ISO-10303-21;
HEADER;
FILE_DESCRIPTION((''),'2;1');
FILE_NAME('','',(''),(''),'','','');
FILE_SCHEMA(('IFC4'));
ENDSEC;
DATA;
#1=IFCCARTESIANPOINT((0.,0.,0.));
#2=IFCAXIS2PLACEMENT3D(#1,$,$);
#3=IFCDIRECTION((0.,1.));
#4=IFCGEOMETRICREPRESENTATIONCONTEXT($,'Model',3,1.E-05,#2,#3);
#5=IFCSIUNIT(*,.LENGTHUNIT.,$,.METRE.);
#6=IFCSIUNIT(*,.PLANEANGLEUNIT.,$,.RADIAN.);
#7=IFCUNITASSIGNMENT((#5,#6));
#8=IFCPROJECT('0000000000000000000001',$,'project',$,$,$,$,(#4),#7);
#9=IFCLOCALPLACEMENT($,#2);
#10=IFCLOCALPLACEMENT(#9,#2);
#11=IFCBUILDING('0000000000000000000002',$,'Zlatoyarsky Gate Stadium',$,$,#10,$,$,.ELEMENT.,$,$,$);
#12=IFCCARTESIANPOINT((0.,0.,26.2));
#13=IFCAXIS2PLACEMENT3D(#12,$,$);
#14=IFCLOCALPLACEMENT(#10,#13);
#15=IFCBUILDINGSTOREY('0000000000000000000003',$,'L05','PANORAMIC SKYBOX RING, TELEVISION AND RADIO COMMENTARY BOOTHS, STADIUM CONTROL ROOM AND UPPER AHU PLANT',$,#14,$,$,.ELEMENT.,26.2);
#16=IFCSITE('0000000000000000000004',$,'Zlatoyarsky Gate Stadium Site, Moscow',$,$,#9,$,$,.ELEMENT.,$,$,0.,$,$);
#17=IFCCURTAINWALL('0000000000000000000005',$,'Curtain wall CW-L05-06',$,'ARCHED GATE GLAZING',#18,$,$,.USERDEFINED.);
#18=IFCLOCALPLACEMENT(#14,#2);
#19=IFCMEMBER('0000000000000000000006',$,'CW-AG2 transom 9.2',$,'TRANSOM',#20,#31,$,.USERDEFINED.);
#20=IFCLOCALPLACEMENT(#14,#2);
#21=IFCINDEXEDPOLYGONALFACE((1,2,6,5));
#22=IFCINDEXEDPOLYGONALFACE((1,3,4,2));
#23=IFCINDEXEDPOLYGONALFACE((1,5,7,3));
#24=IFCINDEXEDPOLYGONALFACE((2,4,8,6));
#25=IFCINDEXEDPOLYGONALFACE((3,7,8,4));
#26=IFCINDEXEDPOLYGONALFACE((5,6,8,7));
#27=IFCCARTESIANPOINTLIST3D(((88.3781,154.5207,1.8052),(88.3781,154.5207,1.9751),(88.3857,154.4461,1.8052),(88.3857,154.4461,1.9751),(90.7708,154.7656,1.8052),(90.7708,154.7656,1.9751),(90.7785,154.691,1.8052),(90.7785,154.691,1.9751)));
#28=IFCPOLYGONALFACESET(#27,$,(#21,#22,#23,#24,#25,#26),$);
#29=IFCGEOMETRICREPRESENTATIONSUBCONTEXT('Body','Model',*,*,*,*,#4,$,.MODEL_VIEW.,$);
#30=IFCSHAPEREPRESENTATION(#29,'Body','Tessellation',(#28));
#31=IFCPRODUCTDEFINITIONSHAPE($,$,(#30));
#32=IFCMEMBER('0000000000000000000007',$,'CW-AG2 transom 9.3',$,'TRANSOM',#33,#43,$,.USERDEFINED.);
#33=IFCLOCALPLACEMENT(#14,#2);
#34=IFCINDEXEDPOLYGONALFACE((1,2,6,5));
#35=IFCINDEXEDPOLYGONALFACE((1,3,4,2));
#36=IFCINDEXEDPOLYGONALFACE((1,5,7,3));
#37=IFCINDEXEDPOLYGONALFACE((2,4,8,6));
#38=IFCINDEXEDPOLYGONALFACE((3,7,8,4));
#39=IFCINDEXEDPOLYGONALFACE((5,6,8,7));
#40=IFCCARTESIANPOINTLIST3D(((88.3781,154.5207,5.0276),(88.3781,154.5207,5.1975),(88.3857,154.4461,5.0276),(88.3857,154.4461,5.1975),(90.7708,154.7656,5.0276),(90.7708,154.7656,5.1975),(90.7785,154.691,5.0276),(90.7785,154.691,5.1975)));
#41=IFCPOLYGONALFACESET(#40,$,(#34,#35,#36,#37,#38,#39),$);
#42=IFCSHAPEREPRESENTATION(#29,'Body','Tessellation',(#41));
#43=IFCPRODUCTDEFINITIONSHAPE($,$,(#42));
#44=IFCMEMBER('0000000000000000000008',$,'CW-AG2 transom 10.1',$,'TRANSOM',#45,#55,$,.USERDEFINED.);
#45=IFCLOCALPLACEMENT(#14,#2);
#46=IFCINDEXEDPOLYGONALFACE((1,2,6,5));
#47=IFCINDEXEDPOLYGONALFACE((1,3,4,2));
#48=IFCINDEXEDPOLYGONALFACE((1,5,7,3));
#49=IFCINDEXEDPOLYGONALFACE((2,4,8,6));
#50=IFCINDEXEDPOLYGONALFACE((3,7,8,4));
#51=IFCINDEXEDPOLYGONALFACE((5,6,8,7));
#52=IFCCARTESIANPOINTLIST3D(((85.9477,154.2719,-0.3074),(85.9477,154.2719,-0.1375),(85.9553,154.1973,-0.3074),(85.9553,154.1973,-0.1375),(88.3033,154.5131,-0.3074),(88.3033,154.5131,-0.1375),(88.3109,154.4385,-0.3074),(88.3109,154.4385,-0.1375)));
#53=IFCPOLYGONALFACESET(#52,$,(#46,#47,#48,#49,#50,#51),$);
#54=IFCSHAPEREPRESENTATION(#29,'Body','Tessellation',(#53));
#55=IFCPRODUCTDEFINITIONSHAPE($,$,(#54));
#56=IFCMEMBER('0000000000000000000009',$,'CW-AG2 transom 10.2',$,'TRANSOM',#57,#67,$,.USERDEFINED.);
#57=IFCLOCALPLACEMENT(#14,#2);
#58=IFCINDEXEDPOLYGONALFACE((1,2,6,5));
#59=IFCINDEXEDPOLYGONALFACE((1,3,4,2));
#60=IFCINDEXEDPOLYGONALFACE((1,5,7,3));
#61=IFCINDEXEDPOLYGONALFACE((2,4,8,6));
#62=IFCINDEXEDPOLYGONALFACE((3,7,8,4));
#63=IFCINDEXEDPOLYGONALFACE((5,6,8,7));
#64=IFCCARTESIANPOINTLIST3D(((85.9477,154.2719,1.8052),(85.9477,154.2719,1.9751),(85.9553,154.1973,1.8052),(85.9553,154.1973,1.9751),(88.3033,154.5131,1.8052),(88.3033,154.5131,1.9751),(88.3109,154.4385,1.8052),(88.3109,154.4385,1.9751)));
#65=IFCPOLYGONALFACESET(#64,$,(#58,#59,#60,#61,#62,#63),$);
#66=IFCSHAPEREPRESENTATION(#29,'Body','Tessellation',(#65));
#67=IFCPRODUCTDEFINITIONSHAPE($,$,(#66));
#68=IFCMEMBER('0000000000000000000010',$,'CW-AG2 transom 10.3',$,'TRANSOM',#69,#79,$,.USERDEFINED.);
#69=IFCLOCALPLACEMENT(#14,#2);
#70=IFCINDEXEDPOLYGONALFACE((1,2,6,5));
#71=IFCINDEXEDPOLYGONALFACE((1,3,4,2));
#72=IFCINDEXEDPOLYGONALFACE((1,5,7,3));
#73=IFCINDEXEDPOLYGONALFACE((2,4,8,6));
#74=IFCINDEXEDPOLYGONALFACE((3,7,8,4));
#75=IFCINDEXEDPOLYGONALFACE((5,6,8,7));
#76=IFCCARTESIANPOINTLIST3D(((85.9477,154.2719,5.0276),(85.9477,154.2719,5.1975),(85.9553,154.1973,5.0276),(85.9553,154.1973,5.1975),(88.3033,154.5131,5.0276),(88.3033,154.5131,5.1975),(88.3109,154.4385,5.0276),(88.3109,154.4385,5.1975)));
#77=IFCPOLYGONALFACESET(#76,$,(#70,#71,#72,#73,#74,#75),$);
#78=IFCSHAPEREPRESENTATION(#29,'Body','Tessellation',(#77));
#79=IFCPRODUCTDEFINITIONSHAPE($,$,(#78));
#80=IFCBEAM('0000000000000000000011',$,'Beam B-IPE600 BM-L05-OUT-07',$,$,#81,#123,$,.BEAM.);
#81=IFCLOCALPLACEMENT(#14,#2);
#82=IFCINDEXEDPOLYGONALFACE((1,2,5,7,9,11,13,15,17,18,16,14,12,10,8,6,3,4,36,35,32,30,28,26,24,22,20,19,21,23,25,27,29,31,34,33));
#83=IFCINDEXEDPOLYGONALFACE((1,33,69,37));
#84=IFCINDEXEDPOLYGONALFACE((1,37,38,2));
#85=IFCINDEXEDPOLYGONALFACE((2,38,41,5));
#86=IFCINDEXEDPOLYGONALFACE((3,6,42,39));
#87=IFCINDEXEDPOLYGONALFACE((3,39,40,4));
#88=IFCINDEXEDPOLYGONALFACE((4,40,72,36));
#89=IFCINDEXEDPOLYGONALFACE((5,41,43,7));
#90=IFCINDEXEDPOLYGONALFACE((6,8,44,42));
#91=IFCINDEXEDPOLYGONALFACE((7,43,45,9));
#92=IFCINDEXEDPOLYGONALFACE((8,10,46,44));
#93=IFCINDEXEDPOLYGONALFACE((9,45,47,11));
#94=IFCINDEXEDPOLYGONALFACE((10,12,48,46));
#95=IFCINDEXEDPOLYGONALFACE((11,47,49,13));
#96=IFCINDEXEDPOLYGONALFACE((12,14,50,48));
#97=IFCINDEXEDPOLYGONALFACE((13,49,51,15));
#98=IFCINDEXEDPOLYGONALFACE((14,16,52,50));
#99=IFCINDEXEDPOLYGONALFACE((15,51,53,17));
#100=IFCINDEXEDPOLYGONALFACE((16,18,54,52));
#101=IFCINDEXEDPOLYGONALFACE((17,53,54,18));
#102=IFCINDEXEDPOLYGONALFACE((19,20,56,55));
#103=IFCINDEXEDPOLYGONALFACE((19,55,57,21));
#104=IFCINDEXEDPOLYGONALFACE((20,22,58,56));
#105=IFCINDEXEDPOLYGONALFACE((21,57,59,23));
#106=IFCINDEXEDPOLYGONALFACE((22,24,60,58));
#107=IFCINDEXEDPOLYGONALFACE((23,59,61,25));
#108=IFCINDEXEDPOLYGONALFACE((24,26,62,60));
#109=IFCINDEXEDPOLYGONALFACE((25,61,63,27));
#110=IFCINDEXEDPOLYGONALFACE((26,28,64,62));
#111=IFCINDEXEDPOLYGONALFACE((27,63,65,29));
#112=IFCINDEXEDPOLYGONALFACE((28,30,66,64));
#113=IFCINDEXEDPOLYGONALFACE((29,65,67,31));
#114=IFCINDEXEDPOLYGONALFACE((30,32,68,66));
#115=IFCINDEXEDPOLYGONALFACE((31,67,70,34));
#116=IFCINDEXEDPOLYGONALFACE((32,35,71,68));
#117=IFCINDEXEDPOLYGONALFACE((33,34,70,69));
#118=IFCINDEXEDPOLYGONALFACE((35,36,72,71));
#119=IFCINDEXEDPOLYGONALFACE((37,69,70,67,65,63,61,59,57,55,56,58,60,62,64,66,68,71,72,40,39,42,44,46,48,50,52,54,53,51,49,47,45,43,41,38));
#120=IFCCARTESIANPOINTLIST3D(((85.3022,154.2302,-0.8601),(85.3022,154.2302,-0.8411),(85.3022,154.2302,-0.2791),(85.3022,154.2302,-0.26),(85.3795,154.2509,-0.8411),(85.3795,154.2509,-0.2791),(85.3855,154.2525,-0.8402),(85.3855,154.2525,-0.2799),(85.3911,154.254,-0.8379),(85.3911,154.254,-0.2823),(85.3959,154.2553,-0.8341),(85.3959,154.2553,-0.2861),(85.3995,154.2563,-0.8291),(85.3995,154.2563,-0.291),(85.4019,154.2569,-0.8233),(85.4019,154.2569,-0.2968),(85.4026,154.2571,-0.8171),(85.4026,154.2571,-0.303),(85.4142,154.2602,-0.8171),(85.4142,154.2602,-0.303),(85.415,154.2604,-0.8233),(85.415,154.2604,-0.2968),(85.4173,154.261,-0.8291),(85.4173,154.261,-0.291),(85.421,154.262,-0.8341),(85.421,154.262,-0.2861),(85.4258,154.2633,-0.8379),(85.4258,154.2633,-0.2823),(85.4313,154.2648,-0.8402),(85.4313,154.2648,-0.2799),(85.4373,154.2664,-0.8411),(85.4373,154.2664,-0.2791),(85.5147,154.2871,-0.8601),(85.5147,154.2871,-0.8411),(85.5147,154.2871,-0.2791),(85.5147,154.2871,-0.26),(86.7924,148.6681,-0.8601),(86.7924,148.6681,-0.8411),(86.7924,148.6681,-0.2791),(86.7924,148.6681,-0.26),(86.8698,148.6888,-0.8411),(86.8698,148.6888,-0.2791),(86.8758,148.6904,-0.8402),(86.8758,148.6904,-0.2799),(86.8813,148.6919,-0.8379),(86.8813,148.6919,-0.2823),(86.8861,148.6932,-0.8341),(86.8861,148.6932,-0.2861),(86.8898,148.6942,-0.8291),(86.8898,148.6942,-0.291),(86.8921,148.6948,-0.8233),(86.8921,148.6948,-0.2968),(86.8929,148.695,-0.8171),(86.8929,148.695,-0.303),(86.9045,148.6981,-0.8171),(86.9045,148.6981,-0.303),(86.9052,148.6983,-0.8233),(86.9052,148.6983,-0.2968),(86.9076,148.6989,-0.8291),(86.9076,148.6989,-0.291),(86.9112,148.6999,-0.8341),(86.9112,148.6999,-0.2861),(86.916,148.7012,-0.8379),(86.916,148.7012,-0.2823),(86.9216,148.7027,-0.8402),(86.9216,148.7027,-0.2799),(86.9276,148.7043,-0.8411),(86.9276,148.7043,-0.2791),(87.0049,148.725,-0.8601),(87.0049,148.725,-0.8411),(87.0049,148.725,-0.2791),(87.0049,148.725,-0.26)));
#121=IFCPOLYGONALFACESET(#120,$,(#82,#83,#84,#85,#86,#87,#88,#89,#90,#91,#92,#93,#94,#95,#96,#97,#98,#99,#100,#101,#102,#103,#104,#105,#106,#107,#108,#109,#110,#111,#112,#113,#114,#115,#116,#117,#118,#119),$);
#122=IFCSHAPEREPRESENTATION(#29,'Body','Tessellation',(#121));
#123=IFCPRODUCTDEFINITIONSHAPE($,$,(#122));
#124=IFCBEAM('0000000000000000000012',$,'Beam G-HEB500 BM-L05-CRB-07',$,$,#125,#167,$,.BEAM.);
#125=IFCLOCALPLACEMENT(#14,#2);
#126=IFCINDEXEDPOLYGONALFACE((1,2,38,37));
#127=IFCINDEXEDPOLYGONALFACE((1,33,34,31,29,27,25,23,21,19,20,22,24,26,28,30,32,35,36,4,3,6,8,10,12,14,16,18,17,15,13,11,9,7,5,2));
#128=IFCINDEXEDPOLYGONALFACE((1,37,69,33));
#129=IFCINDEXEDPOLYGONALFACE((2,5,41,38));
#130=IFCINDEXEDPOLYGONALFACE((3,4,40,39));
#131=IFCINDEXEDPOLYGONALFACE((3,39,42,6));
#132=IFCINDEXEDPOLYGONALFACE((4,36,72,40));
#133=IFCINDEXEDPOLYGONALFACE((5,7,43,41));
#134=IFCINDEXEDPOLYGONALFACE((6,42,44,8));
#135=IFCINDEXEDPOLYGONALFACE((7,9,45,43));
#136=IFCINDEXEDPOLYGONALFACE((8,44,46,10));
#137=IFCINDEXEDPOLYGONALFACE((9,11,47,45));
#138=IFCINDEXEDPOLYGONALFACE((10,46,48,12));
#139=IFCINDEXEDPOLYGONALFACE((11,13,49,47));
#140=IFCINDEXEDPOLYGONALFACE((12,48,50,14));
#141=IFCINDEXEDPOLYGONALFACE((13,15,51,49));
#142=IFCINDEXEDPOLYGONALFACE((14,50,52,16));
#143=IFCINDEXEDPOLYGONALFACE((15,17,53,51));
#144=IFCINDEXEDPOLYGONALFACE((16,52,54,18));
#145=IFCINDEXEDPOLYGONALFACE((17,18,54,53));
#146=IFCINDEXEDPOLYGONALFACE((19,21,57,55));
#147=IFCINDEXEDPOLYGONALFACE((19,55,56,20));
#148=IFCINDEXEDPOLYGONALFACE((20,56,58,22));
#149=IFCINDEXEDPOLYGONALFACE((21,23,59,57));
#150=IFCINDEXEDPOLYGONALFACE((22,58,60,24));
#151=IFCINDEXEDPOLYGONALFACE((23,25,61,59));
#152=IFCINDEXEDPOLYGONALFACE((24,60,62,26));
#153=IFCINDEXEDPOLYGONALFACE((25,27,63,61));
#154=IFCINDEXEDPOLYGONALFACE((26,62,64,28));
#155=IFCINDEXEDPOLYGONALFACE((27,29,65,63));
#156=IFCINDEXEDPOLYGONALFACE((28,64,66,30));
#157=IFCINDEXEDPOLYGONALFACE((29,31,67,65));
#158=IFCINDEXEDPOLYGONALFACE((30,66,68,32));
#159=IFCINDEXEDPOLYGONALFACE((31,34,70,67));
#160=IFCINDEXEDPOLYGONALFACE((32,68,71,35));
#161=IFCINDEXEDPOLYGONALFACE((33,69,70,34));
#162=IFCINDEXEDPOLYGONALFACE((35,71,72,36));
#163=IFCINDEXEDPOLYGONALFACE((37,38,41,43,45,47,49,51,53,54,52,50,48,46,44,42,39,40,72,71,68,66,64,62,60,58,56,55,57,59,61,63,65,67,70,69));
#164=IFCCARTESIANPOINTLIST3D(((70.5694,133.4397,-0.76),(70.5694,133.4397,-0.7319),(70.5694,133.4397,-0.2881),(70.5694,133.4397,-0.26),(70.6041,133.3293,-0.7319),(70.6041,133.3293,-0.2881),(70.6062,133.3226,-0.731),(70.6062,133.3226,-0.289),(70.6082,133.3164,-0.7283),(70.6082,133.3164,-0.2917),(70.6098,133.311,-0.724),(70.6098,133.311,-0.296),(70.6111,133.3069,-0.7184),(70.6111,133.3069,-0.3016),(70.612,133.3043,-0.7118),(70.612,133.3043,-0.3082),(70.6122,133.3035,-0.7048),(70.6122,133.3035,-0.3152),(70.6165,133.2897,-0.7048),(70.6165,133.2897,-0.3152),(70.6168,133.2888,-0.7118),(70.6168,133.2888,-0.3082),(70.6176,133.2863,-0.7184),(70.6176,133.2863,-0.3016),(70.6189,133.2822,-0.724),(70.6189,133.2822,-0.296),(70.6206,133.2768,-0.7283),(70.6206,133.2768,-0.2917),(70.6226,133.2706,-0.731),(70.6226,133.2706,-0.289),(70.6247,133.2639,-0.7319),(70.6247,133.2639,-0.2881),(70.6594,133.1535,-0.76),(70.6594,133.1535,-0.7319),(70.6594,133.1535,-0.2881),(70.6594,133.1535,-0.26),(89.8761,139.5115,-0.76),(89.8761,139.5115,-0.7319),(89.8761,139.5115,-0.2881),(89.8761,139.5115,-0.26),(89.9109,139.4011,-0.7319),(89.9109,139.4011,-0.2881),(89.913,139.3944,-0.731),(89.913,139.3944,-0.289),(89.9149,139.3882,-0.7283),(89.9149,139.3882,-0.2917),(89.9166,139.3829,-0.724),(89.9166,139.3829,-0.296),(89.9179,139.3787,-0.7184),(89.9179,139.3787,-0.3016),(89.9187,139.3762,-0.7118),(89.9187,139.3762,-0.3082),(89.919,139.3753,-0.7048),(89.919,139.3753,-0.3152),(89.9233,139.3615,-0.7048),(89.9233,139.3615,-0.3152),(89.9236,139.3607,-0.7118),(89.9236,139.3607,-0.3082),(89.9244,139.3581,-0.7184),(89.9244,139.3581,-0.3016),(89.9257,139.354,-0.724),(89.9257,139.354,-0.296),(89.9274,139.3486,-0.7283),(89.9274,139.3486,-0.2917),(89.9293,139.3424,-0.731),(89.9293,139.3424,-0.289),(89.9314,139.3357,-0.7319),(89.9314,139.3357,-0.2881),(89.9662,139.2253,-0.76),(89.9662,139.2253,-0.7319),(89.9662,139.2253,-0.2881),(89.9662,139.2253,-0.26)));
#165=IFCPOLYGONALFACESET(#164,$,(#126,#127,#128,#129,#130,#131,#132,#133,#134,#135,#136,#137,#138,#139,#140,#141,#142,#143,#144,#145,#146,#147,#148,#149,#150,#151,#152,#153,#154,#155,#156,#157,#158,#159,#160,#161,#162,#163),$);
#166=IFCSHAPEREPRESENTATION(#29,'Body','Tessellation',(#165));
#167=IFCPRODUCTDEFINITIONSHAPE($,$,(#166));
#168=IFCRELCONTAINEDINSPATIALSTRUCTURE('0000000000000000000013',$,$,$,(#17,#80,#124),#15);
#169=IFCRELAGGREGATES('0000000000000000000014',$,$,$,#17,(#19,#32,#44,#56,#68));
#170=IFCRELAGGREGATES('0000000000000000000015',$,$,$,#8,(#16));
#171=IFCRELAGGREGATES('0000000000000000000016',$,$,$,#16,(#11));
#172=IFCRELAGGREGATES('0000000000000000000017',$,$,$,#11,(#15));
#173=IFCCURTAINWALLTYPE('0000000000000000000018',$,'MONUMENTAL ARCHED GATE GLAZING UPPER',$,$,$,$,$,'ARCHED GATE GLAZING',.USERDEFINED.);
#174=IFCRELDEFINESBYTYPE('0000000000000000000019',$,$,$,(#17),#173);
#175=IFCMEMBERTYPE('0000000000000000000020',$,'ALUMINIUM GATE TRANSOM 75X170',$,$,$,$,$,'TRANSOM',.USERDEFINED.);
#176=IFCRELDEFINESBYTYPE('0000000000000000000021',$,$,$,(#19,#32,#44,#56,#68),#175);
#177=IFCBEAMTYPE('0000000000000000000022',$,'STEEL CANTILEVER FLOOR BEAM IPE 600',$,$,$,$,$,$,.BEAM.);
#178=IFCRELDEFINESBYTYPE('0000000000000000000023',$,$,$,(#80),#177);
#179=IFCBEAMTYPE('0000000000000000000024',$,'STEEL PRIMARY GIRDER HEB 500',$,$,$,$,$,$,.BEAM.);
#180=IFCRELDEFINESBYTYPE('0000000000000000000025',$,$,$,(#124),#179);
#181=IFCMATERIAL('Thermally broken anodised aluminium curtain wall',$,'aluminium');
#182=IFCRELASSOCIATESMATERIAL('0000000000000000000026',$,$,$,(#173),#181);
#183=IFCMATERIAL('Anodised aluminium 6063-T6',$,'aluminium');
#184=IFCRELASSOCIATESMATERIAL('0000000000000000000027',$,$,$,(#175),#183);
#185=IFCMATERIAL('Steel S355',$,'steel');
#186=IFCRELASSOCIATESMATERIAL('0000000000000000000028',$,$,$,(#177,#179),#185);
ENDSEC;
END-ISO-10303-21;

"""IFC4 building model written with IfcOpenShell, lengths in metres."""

from ifc_helpers import new_model, si_unit, direction, frame, origin, origin_2d, place, context, subcontext, project, spatial, rectangle, i_section, extrude, material, material_profile, profile_set, type_object, element, aggregate, save


model = new_model("IFC4")

# Units and contexts
model_context = context("Model", 3, precision=1e-05, world=origin(), true_north=direction((0.0, 1.0)))
body_context = subcontext(model_context, "Body", "Model", "MODEL_VIEW")
ifc_project = project(units=[si_unit("LENGTHUNIT", "METRE"), si_unit("PLANEANGLEUNIT", "RADIAN")], contexts=[model_context])

# Site, building, storey
site_placement = place(None, origin())
site = spatial("IfcSite", under=ifc_project, at=site_placement, Name="Zlatoyarsky Gate Stadium Site, Moscow", CompositionType="ELEMENT", RefElevation=0.0)
building_placement = place(site_placement, origin())
building = spatial("IfcBuilding", under=site, at=building_placement, Name="Zlatoyarsky Gate Stadium", CompositionType="ELEMENT")
storey_placement = place(building_placement, frame((0.0, 0.0, 26.2)))
storey = spatial("IfcBuildingStorey", under=building, at=storey_placement, Name="L05", Description="PANORAMIC SKYBOX RING, TELEVISION AND RADIO COMMENTARY BOOTHS, STADIUM CONTROL ROOM AND UPPER AHU PLANT", CompositionType="ELEMENT", Elevation=26.2)

# Shared definitions
ifc_material_1 = material(Name="Steel S355", Category="steel")

# Curtain wall, members
ifc_material_2 = material(Name="Thermally broken anodised aluminium curtain wall", Category="aluminium")
curtain_wall_type = type_object("IfcCurtainWallType", Name="MONUMENTAL ARCHED GATE GLAZING UPPER", ElementType="ARCHED GATE GLAZING", PredefinedType="USERDEFINED", material=ifc_material_2)
curtain_wall_placement = place(storey_placement, origin())
curtain_wall = element("IfcCurtainWall", 1, at=curtain_wall_placement, inside=storey, type_object=curtain_wall_type, Name="Curtain wall CW-L05-06", ObjectType="ARCHED GATE GLAZING", PredefinedType="USERDEFINED")
ifc_material_3 = material(Name="Anodised aluminium 6063-T6", Category="aluminium")
ifc_material_profile_1 = material_profile(ifc_material_3, rectangle(XDim=0.075, YDim=0.1699, at=origin_2d()), Name="ALU 75X170")
ifc_profile_set_1 = profile_set([ifc_material_profile_1], Name="Anodised aluminium 6063-T6")
member_type_1 = type_object("IfcMemberType", Name="ALUMINIUM GATE TRANSOM 75X170", ElementType="TRANSOM", PredefinedType="USERDEFINED", material=ifc_profile_set_1)
member_1_placement = place(storey_placement, frame((90.7747, 154.7283, 1.8901), z_axis=(-0.994804, -0.101805, 0.0), x_axis=(0.101805, -0.994804, 0.0)))
member_1 = element("IfcMember", 2, at=member_1_placement, type_object=member_type_1, Name="CW-AG2 transom 9.2", ObjectType="TRANSOM", PredefinedType="USERDEFINED", context=body_context, shape_type="SweptSolid", body=[
    extrude(rectangle(XDim=0.075, YDim=0.1699, at=origin_2d()), origin(), (0.0, 0.0, 1.0), 2.4053),
])
member_2_placement = place(storey_placement, frame((90.7747, 154.7283, 5.1125), z_axis=(-0.994804, -0.101805, 0.0), x_axis=(0.101805, -0.994804, 0.0)))
member_2 = element("IfcMember", 3, at=member_2_placement, type_object=member_type_1, Name="CW-AG2 transom 9.3", ObjectType="TRANSOM", PredefinedType="USERDEFINED", context=body_context, shape_type="SweptSolid", body=[
    extrude(rectangle(XDim=0.075, YDim=0.1699, at=origin_2d()), origin(), (0.0, 0.0, 1.0), 2.4053),
])
member_3_placement = place(storey_placement, frame((88.3071, 154.4758, -0.2224), z_axis=(-0.994799, -0.101861, 0.0), x_axis=(0.101861, -0.994799, 0.0)))
member_3 = element("IfcMember", 4, at=member_3_placement, type_object=member_type_1, Name="CW-AG2 transom 10.1", ObjectType="TRANSOM", PredefinedType="USERDEFINED", context=body_context, shape_type="SweptSolid", body=[
    extrude(rectangle(XDim=0.075, YDim=0.1699, at=origin_2d()), origin(), (0.0, 0.0, 1.0), 2.3679),
])
member_4_placement = place(storey_placement, frame((88.3071, 154.4758, 1.8901), z_axis=(-0.994799, -0.101861, 0.0), x_axis=(0.101861, -0.994799, 0.0)))
member_4 = element("IfcMember", 5, at=member_4_placement, type_object=member_type_1, Name="CW-AG2 transom 10.2", ObjectType="TRANSOM", PredefinedType="USERDEFINED", context=body_context, shape_type="SweptSolid", body=[
    extrude(rectangle(XDim=0.075, YDim=0.1699, at=origin_2d()), origin(), (0.0, 0.0, 1.0), 2.3679),
])
member_5_placement = place(storey_placement, frame((88.3071, 154.4758, 5.1125), z_axis=(-0.994799, -0.101861, 0.0), x_axis=(0.101861, -0.994799, 0.0)))
member_5 = element("IfcMember", 6, at=member_5_placement, type_object=member_type_1, Name="CW-AG2 transom 10.3", ObjectType="TRANSOM", PredefinedType="USERDEFINED", context=body_context, shape_type="SweptSolid", body=[
    extrude(rectangle(XDim=0.075, YDim=0.1699, at=origin_2d()), origin(), (0.0, 0.0, 1.0), 2.3679),
])

# Beams
ifc_material_profile_2 = material_profile(ifc_material_1, i_section(OverallWidth=0.22, OverallDepth=0.6001, WebThickness=0.012, FlangeThickness=0.019, FilletRadius=0.0239, at=origin_2d()), Name="IPE 600")
ifc_profile_set_2 = profile_set([ifc_material_profile_2], Name="Steel S355")
beam_type_1 = type_object("IfcBeamType", Name="STEEL CANTILEVER FLOOR BEAM IPE 600", PredefinedType="BEAM", material=ifc_profile_set_2)
beam_1_placement = place(storey_placement, frame((86.8987, 148.6965, -0.5601), z_axis=(-0.258802, 0.96593, 0.0), x_axis=(-0.96593, -0.258802, 0.0)))
element("IfcBeam", 7, at=beam_1_placement, inside=storey, type_object=beam_type_1, Name="Beam B-IPE600 BM-L05-OUT-07", PredefinedType="BEAM", context=body_context, shape_type="SweptSolid", body=[
    extrude(i_section(OverallWidth=0.22, OverallDepth=0.6001, WebThickness=0.012, FlangeThickness=0.019, FilletRadius=0.0239, at=origin_2d()), origin(), (0.0, 0.0, 1.0), 5.7583),
])
ifc_material_profile_3 = material_profile(ifc_material_1, i_section(OverallWidth=0.3, OverallDepth=0.5, WebThickness=0.0144, FlangeThickness=0.0281, FilletRadius=0.0271, at=origin_2d()), Name="HEB 500")
ifc_profile_set_3 = profile_set([ifc_material_profile_3], Name="Steel S355")
beam_type_2 = type_object("IfcBeamType", Name="STEEL PRIMARY GIRDER HEB 500", PredefinedType="BEAM", material=ifc_profile_set_3)
beam_2_placement = place(storey_placement, frame((89.9211, 139.3684, -0.51), z_axis=(-0.953938, -0.300005, 0.0), x_axis=(0.300005, -0.953938, 0.0)))
element("IfcBeam", 8, at=beam_2_placement, inside=storey, type_object=beam_type_2, Name="Beam G-HEB500 BM-L05-CRB-07", PredefinedType="BEAM", context=body_context, shape_type="SweptSolid", body=[
    extrude(i_section(OverallWidth=0.3, OverallDepth=0.5, WebThickness=0.0144, FlangeThickness=0.0281, FilletRadius=0.0271, at=origin_2d()), origin(), (0.0, 0.0, 1.0), 20.239),
])

aggregate(curtain_wall, [member_1, member_2, member_3, member_4, member_5])

save(model, "model.ifc")
